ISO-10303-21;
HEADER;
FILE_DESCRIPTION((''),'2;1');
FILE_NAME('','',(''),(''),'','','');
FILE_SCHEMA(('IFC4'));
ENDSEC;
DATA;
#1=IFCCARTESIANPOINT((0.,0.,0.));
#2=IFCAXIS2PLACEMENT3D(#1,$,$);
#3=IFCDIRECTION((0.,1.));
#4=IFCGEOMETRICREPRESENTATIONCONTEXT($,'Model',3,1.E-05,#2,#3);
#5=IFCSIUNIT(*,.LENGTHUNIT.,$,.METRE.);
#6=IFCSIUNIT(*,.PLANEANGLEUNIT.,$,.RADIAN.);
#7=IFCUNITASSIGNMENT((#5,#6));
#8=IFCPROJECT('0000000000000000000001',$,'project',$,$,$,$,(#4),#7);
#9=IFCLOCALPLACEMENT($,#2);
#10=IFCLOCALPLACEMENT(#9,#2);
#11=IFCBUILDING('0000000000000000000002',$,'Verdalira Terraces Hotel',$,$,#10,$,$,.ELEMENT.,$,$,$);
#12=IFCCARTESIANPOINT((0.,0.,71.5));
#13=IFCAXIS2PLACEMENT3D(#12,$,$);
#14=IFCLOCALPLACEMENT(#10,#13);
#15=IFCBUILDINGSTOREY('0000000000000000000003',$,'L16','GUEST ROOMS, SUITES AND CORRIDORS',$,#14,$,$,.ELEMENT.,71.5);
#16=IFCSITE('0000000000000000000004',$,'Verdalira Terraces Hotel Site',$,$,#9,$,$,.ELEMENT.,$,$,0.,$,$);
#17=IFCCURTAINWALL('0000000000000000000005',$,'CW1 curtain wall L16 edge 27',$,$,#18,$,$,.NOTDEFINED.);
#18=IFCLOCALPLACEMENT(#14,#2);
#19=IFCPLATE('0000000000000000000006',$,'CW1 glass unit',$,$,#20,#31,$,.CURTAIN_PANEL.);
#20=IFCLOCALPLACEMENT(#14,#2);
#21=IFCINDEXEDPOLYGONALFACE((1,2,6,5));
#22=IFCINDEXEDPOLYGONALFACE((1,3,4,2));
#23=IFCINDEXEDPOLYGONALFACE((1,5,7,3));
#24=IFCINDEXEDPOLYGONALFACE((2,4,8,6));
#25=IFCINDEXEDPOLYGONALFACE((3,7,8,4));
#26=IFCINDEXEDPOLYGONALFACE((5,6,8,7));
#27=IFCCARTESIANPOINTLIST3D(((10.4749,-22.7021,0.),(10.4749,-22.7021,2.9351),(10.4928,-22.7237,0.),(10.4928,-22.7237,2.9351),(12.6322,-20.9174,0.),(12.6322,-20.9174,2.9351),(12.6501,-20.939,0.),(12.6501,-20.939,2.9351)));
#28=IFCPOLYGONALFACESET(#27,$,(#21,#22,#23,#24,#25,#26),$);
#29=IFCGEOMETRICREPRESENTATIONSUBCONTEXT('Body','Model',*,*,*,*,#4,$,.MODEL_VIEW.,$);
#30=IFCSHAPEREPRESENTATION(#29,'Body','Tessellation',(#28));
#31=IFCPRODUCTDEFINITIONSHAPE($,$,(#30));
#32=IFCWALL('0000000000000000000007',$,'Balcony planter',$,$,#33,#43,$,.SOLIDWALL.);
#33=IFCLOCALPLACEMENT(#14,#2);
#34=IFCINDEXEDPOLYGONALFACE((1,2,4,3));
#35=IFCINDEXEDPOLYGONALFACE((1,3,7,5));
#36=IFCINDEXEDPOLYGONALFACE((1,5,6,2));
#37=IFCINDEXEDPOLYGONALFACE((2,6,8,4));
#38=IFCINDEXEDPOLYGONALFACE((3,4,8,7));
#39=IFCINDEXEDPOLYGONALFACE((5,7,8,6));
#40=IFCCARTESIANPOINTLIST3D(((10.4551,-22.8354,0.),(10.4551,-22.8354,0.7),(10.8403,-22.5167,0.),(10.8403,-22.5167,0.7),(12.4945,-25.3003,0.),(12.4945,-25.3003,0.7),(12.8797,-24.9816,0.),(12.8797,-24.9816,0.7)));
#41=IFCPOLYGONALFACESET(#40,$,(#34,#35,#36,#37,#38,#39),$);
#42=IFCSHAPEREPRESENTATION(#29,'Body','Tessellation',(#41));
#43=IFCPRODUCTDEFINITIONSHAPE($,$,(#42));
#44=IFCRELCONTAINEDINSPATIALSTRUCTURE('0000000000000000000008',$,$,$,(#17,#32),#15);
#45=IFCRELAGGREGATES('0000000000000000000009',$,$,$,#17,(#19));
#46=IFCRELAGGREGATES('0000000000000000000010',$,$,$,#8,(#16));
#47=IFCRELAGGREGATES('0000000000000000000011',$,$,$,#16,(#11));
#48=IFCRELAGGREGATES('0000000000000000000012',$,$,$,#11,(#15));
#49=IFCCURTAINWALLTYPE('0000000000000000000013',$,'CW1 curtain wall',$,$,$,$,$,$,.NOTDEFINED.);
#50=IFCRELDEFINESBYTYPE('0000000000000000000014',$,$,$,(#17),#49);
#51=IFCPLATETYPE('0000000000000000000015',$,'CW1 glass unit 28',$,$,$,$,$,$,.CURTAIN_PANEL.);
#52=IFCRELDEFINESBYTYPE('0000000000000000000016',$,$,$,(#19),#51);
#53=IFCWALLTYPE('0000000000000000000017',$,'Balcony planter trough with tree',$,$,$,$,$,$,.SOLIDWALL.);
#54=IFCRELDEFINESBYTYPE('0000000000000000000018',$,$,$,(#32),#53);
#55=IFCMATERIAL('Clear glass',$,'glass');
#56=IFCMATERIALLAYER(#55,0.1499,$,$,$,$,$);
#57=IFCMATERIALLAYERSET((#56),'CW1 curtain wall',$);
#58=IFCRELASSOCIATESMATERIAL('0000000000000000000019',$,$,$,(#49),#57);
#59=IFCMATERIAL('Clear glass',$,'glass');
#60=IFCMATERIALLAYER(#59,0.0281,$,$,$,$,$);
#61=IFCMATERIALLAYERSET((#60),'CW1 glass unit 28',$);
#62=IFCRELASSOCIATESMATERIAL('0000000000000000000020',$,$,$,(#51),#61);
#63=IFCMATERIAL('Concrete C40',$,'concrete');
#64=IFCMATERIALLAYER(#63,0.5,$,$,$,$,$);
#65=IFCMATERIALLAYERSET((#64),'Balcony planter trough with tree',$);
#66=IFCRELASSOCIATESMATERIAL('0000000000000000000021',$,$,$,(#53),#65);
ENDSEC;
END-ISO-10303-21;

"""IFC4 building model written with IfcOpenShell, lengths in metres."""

from ifc_helpers import new_model, si_unit, direction, frame, frame_2d, origin, origin_2d, place, context, subcontext, project, spatial, rectangle, extrude, material, layer, layer_set, type_object, element, aggregate, save


model = new_model("IFC4")

# Units and contexts
model_context = context("Model", 3, precision=1e-05, world=origin(), true_north=direction((0.0, 1.0)))
body_context = subcontext(model_context, "Body", "Model", "MODEL_VIEW")
ifc_project = project(units=[si_unit("LENGTHUNIT", "METRE"), si_unit("PLANEANGLEUNIT", "RADIAN")], contexts=[model_context])

# Site, building, storey
site_placement = place(None, origin())
site = spatial("IfcSite", under=ifc_project, at=site_placement, Name="Verdalira Terraces Hotel Site", CompositionType="ELEMENT", RefElevation=0.0)
building_placement = place(site_placement, origin())
building = spatial("IfcBuilding", under=site, at=building_placement, Name="Verdalira Terraces Hotel", CompositionType="ELEMENT")
storey_placement = place(building_placement, frame((0.0, 0.0, 71.5)))
storey = spatial("IfcBuildingStorey", under=building, at=storey_placement, Name="L16", Description="GUEST ROOMS, SUITES AND CORRIDORS", CompositionType="ELEMENT", Elevation=71.5)

# Curtain wall
ifc_material_1 = material(Name="Clear glass", Category="glass")
ifc_layer_1 = layer(ifc_material_1, 0.1499)
ifc_layer_set_1 = layer_set([ifc_layer_1], Name="CW1 curtain wall")
curtain_wall_type = type_object("IfcCurtainWallType", Name="CW1 curtain wall", PredefinedType="NOTDEFINED", material=ifc_layer_set_1)
curtain_wall_1_placement = place(storey_placement, origin())
curtain_wall_1 = element("IfcCurtainWall", 1, at=curtain_wall_1_placement, inside=storey, type_object=curtain_wall_type, Name="CW1 curtain wall L16 edge 27", PredefinedType="NOTDEFINED")

# Plate
ifc_material_2 = material(Name="Clear glass", Category="glass")
ifc_layer_2 = layer(ifc_material_2, 0.0281)
ifc_layer_set_2 = layer_set([ifc_layer_2], Name="CW1 glass unit 28")
plate_type = type_object("IfcPlateType", Name="CW1 glass unit 28", PredefinedType="CURTAIN_PANEL", material=ifc_layer_set_2)
plate_1_placement = place(storey_placement, frame((11.5625, -21.8206, 0.0), z_axis=(0.0, 0.0, 1.0), x_axis=(0.770513, 0.637424, 0.0)))
plate_1 = element("IfcPlate", 2, at=plate_1_placement, type_object=plate_type, Name="CW1 glass unit", PredefinedType="CURTAIN_PANEL", context=body_context, shape_type="SweptSolid", body=[
    extrude(rectangle(XDim=2.7998, YDim=0.0281, at=origin_2d()), origin(), (0.0, 0.0, 1.0), 2.9351),
])
aggregate(curtain_wall_1, [plate_1])

# Wall
ifc_material_3 = material(Name="Concrete C40", Category="concrete")
ifc_layer_3 = layer(ifc_material_3, 0.5)
ifc_layer_set_3 = layer_set([ifc_layer_3], Name="Balcony planter trough with tree")
wall_type = type_object("IfcWallType", Name="Balcony planter trough with tree", PredefinedType="SOLIDWALL", material=ifc_layer_set_3)
wall_placement = place(storey_placement, frame((10.6477, -22.676, 0.0), z_axis=(0.0, 0.0, 1.0), x_axis=(0.637463, -0.770481, 0.0)))
element("IfcWall", 3, at=wall_placement, inside=storey, type_object=wall_type, Name="Balcony planter", PredefinedType="SOLIDWALL", context=body_context, shape_type="SweptSolid", body=[
    extrude(rectangle(XDim=3.1992, YDim=0.5, at=frame_2d((1.5996, 0.0))), origin(), (0.0, 0.0, 1.0), 0.7),
])

save(model, "model.ifc")
